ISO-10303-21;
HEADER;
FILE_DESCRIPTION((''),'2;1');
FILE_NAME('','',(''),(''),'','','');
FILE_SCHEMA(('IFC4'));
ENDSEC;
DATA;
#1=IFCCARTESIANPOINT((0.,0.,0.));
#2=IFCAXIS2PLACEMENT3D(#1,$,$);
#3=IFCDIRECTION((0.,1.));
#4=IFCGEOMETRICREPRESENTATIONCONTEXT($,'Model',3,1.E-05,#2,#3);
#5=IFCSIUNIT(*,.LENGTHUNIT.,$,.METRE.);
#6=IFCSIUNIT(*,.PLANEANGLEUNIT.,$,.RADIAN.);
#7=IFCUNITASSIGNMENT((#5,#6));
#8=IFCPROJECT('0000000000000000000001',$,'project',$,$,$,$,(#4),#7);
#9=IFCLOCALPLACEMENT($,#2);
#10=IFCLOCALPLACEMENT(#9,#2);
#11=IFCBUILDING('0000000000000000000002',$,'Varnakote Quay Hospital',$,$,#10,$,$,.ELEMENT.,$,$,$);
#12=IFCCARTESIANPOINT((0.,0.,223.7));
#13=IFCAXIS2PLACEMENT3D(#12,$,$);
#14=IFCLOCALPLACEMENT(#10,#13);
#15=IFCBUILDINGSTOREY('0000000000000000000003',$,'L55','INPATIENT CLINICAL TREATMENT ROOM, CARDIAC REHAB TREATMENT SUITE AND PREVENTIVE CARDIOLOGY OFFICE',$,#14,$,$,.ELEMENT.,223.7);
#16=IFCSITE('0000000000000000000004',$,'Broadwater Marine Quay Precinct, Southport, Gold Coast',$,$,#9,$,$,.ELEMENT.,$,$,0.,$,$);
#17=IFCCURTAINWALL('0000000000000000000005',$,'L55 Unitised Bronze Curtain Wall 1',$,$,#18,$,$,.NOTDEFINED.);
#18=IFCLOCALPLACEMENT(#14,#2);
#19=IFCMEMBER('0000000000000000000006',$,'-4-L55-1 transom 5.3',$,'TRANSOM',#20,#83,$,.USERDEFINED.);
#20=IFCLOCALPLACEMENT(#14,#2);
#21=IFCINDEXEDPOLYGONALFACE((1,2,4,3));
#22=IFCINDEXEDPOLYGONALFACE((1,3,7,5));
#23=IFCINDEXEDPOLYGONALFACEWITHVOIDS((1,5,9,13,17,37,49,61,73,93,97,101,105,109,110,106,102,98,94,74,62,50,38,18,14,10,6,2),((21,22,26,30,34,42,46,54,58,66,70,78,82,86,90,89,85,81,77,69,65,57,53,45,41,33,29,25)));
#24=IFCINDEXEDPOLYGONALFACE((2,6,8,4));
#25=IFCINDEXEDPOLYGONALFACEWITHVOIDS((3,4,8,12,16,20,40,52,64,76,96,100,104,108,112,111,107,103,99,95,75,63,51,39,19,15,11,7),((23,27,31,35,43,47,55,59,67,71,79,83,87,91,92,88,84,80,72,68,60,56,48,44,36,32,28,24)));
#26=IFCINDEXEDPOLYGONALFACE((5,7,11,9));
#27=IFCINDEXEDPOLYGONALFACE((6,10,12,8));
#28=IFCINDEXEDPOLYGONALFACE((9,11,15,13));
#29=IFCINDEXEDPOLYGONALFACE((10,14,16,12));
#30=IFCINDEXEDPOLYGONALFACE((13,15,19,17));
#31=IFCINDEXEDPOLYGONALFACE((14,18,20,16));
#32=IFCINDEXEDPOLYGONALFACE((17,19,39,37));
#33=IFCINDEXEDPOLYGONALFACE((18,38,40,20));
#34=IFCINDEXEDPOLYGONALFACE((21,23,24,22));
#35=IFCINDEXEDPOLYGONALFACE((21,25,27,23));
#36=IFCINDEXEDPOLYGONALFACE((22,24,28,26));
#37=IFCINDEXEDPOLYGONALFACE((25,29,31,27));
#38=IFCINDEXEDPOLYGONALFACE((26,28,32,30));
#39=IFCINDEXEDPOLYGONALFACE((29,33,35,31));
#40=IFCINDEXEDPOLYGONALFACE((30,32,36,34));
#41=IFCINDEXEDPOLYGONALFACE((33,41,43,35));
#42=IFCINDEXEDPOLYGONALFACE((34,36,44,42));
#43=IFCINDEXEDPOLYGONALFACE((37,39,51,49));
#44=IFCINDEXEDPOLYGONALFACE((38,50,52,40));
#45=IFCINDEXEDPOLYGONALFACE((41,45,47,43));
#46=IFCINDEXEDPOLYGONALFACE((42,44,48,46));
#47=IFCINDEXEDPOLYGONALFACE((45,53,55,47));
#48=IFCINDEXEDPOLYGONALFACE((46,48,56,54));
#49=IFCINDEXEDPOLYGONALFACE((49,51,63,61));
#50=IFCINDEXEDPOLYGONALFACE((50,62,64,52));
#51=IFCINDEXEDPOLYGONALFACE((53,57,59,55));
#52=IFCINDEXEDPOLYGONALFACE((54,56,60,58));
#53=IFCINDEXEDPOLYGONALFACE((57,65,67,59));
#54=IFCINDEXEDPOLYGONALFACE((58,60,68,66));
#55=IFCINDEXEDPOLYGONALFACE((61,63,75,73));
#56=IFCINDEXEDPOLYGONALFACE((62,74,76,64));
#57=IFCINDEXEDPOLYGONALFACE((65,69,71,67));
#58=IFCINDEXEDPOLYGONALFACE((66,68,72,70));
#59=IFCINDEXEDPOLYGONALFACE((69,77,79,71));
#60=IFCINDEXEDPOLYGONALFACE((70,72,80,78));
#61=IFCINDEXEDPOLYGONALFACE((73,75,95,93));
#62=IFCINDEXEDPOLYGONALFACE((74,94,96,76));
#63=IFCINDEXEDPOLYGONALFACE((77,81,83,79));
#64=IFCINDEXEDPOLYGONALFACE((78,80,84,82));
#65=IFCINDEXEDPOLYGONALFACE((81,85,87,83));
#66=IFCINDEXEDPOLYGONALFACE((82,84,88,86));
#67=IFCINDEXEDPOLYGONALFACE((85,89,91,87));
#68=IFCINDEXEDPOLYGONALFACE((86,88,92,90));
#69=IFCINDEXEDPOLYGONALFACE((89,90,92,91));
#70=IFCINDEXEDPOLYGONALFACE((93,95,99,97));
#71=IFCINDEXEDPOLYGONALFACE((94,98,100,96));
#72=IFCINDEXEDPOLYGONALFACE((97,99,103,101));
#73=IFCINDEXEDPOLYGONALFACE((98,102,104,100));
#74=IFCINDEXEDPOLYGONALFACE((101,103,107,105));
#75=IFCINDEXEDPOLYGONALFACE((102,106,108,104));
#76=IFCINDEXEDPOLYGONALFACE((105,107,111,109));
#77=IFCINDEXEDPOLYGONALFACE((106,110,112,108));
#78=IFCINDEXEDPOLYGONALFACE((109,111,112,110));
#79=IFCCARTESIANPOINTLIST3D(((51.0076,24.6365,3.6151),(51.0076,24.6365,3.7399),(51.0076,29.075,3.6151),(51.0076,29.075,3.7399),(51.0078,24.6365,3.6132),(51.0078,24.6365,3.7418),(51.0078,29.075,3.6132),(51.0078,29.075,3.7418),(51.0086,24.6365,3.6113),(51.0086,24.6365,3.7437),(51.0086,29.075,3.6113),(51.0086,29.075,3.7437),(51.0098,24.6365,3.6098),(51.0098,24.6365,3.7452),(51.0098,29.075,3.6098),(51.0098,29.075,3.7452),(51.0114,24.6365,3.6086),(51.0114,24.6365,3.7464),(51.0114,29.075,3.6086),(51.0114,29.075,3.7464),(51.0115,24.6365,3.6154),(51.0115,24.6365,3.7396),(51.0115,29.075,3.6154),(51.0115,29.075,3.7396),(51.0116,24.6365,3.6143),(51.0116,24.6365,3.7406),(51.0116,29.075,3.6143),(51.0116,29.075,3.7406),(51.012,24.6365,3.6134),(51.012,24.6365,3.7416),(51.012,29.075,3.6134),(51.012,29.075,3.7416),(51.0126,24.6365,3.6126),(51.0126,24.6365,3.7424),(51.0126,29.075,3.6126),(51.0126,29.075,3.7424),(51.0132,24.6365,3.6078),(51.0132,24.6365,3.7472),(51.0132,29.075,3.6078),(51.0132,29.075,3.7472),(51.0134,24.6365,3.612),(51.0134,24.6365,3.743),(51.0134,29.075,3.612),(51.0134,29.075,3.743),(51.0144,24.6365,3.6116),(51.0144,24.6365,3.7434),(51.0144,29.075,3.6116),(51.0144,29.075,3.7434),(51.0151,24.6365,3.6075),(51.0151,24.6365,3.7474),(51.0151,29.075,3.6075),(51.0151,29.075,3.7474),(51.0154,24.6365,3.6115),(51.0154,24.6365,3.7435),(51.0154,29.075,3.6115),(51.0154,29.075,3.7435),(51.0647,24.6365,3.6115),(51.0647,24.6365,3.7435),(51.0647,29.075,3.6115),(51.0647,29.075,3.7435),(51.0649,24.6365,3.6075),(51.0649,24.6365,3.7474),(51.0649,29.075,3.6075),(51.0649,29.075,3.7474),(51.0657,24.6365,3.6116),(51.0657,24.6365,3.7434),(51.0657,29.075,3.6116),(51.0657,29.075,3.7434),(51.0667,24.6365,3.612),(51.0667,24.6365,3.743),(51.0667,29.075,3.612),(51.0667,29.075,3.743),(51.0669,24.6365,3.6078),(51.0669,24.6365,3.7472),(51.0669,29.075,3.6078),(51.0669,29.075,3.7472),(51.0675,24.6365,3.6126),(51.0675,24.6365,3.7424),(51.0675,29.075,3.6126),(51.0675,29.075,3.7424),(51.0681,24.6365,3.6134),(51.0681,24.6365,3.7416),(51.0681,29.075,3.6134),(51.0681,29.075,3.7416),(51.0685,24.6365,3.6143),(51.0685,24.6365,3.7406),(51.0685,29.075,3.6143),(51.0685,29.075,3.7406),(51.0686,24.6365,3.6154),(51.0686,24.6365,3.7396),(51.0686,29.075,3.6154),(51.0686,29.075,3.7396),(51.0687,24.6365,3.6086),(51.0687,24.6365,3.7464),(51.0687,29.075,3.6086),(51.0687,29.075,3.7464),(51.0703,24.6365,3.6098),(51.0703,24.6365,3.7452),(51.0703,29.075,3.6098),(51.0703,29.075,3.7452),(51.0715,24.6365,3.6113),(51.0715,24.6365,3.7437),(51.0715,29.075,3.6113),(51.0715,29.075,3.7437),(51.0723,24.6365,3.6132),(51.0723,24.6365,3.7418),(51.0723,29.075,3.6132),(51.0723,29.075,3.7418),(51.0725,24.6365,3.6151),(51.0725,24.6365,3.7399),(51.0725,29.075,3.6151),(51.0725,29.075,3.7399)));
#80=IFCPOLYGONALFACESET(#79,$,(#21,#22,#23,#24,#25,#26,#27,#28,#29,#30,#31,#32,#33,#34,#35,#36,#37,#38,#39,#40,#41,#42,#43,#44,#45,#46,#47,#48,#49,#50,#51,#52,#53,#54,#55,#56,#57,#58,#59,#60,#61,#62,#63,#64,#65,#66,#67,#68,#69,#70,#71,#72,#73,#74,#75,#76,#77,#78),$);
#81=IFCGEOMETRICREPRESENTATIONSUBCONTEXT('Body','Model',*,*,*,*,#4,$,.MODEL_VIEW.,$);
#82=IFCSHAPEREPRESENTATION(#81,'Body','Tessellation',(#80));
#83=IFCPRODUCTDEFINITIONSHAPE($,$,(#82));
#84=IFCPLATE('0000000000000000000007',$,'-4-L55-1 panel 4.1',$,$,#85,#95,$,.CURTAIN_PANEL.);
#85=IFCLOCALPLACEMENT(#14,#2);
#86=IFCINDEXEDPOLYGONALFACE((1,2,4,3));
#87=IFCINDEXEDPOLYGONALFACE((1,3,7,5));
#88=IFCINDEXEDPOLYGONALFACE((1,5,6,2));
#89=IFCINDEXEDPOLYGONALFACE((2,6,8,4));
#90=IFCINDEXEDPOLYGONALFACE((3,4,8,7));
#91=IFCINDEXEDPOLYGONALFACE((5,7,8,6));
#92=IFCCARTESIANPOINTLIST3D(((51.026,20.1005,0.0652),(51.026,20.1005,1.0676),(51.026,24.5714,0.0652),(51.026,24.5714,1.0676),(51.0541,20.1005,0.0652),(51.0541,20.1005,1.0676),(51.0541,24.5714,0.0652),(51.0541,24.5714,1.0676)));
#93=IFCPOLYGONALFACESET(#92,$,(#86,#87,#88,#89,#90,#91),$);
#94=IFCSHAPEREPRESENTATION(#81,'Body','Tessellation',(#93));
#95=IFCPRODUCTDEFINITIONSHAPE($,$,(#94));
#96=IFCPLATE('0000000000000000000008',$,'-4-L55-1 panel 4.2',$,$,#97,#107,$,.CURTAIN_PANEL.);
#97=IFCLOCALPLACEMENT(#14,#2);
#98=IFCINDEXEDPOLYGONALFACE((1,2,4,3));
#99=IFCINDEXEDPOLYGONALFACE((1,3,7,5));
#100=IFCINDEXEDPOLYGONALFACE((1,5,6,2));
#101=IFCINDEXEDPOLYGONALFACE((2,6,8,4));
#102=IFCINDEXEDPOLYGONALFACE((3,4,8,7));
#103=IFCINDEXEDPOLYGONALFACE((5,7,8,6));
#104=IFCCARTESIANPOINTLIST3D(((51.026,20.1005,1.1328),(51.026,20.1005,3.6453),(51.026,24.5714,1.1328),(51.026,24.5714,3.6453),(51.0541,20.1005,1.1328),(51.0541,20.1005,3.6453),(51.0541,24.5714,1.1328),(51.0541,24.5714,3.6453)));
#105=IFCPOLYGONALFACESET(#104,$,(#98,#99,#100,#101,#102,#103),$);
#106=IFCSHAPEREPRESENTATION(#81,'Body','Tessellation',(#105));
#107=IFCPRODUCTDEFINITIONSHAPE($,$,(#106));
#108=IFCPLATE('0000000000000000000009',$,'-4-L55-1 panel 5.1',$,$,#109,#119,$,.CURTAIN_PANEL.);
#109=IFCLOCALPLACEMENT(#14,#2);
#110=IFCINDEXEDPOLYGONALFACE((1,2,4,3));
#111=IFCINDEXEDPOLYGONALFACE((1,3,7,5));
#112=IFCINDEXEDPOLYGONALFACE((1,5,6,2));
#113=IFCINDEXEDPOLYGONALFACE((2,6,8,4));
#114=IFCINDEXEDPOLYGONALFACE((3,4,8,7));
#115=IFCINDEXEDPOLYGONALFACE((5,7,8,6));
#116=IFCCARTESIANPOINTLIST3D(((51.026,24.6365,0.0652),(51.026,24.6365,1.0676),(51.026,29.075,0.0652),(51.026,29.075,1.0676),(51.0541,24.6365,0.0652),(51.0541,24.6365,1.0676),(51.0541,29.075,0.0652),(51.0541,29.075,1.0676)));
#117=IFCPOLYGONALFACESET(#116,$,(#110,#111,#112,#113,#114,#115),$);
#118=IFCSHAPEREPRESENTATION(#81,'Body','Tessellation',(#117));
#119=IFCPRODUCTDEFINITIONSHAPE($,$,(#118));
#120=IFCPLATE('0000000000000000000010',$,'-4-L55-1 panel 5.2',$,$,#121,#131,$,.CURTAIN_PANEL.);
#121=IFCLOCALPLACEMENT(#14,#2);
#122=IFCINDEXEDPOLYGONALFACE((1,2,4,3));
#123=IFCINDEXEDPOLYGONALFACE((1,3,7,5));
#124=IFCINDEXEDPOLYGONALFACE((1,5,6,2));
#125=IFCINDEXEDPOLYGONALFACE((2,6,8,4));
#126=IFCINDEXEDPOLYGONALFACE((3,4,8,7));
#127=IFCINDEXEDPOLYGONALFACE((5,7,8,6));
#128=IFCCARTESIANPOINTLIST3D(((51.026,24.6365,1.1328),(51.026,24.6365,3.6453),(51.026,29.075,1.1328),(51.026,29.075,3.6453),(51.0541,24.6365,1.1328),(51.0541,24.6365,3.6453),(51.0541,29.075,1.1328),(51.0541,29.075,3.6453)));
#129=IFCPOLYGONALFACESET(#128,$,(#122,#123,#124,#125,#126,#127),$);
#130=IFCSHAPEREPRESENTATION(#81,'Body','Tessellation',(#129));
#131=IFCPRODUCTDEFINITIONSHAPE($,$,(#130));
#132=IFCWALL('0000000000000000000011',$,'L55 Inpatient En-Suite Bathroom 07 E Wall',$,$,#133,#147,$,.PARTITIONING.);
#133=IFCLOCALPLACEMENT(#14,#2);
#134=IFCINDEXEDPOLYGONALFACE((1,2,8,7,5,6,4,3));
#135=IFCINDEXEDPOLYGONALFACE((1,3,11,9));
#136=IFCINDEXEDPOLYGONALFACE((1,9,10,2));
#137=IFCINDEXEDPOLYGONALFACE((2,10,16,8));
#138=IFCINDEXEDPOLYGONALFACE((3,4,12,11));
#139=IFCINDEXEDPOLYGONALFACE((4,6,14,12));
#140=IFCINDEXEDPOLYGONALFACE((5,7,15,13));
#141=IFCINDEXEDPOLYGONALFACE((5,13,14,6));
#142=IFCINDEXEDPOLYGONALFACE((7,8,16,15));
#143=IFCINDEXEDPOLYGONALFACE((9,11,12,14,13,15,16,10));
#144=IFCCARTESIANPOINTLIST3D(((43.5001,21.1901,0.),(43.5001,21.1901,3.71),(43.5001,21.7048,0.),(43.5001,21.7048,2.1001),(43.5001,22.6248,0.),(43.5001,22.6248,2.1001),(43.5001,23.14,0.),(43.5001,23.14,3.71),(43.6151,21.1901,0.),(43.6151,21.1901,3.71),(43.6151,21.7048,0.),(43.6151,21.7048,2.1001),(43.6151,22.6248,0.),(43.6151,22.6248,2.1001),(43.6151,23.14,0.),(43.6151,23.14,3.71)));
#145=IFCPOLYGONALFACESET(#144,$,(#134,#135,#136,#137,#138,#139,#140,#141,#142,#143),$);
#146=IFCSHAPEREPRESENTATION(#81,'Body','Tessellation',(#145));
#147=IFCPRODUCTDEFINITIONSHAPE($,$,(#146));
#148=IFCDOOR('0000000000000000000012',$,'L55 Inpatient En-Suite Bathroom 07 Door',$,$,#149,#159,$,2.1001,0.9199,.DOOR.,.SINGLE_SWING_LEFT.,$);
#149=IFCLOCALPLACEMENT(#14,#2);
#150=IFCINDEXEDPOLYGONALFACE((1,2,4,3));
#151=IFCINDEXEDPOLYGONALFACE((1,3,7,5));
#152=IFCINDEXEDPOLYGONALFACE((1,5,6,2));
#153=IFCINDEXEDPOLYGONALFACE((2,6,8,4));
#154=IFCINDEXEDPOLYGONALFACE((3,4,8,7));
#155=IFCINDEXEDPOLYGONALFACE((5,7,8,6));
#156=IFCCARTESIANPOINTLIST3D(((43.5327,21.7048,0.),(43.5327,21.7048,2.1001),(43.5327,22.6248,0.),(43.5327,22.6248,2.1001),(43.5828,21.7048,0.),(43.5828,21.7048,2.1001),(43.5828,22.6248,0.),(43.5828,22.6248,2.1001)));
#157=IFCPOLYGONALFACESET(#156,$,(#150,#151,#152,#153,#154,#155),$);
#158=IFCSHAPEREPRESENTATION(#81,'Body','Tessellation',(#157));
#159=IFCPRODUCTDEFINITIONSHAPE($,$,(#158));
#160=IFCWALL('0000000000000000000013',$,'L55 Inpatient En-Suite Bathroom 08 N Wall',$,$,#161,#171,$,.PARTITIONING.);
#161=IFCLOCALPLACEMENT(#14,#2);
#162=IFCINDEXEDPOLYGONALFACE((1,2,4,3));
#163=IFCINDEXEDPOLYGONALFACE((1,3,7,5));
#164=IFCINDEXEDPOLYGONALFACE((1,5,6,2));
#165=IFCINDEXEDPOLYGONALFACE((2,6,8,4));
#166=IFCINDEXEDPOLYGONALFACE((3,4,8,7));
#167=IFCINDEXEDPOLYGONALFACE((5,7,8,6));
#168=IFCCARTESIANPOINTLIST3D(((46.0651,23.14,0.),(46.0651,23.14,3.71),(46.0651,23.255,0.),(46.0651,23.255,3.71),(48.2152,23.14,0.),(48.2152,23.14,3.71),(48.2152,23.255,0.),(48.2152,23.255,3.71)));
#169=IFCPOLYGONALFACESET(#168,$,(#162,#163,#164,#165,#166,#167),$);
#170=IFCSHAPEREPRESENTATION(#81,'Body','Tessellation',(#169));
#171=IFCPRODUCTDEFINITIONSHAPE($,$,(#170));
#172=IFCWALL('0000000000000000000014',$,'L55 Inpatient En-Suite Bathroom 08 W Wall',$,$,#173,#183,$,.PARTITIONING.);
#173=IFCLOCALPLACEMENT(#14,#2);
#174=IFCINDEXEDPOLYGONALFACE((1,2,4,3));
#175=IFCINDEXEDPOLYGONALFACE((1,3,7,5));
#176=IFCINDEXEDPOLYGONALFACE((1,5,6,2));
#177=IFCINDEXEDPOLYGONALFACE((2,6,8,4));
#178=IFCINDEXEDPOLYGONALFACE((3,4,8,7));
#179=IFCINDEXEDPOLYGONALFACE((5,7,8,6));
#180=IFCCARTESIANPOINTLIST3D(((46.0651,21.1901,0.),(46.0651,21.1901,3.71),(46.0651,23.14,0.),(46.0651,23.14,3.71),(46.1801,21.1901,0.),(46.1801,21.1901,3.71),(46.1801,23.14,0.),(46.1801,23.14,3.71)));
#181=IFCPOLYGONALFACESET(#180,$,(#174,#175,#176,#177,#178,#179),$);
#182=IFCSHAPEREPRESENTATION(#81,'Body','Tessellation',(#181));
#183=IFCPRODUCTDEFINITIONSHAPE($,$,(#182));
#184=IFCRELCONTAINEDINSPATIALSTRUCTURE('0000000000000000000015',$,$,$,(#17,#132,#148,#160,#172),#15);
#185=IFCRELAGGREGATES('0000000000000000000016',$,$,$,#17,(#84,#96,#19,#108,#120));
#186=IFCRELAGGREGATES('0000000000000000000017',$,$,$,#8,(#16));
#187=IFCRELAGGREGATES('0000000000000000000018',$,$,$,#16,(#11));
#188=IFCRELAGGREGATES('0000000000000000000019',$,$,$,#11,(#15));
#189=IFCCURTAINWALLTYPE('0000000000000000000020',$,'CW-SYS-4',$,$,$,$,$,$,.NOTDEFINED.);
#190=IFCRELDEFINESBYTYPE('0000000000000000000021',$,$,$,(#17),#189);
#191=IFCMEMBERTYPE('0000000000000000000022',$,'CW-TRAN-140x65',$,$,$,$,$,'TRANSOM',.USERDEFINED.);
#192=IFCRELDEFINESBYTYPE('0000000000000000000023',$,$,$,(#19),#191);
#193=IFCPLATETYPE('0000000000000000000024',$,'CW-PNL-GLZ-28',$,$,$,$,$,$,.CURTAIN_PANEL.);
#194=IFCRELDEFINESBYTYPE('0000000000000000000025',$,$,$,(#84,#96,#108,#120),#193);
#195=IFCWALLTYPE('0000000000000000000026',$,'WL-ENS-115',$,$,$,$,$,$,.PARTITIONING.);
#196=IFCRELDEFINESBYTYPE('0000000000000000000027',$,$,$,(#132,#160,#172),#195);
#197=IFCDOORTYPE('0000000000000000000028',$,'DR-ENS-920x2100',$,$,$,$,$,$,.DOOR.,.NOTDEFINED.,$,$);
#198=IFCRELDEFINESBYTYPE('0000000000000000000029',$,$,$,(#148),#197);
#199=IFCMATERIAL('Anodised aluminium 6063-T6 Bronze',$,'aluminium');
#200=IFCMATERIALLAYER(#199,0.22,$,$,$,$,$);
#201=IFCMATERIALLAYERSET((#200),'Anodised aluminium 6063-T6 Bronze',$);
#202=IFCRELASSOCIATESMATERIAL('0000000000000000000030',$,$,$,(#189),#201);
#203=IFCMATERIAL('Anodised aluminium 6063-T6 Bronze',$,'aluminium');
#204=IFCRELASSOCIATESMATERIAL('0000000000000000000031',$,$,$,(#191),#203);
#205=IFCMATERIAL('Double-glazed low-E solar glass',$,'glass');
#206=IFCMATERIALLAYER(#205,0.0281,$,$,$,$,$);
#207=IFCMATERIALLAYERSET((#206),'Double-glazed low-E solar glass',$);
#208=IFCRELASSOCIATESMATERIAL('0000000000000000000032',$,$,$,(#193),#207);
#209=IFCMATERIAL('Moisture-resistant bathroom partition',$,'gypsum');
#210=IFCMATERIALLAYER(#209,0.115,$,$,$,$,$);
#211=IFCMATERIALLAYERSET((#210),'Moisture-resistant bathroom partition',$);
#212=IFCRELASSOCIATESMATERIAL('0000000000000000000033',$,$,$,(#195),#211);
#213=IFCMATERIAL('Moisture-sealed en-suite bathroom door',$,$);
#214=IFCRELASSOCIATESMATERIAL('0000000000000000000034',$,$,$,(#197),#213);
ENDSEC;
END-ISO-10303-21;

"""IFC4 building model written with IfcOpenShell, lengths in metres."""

from ifc_helpers import new_model, si_unit, direction, frame, frame_2d, origin, origin_2d, place, context, subcontext, project, spatial, rectangle, hollow_rectangle, extrude, material, layer, layer_set, material_profile, profile_set, type_object, element, fill, aggregate, save


model = new_model("IFC4")

# Units and contexts
model_context = context("Model", 3, precision=1e-05, world=origin(), true_north=direction((0.0, 1.0)))
body_context = subcontext(model_context, "Body", "Model", "MODEL_VIEW")
ifc_project = project(units=[si_unit("LENGTHUNIT", "METRE"), si_unit("PLANEANGLEUNIT", "RADIAN")], contexts=[model_context])

# Site, building, storey
site_placement = place(None, origin())
site = spatial("IfcSite", under=ifc_project, at=site_placement, Name="Broadwater Marine Quay Precinct, Southport, Gold Coast", CompositionType="ELEMENT", RefElevation=0.0)
building_placement = place(site_placement, origin())
building = spatial("IfcBuilding", under=site, at=building_placement, Name="Varnakote Quay Hospital", CompositionType="ELEMENT")
storey_placement = place(building_placement, frame((0.0, 0.0, 223.7)))
storey = spatial("IfcBuildingStorey", under=building, at=storey_placement, Name="L55", Description="INPATIENT CLINICAL TREATMENT ROOM, CARDIAC REHAB TREATMENT SUITE AND PREVENTIVE CARDIOLOGY OFFICE", CompositionType="ELEMENT", Elevation=223.7)

# Curtain wall, member, plates
ifc_material_1 = material(Name="Anodised aluminium 6063-T6 Bronze", Category="aluminium")
ifc_layer_1 = layer(ifc_material_1, 0.22)
ifc_layer_set_1 = layer_set([ifc_layer_1], Name="Anodised aluminium 6063-T6 Bronze")
curtain_wall_type = type_object("IfcCurtainWallType", Name="CW-SYS-4", PredefinedType="NOTDEFINED", material=ifc_layer_set_1)
curtain_wall_placement = place(storey_placement, origin())
curtain_wall = element("IfcCurtainWall", 1, at=curtain_wall_placement, inside=storey, type_object=curtain_wall_type, Name="L55 Unitised Bronze Curtain Wall 1", PredefinedType="NOTDEFINED")
ifc_material_2 = material(Name="Anodised aluminium 6063-T6 Bronze", Category="aluminium")
ifc_material_profile_1 = material_profile(ifc_material_2, hollow_rectangle(XDim=0.0649, YDim=0.1399, WallThickness=0.0039, InnerFilletRadius=0.0039, OuterFilletRadius=0.0076, at=origin_2d()), Name="CW-TRAN-140x65")
ifc_profile_set_1 = profile_set([ifc_material_profile_1], Name="Anodised aluminium 6063-T6 Bronze")
member_type_1 = type_object("IfcMemberType", Name="CW-TRAN-140x65", ElementType="TRANSOM", PredefinedType="USERDEFINED", material=ifc_profile_set_1)
member_1_placement = place(storey_placement, frame((51.04, 24.6365, 3.6775), z_axis=(0.0, 1.0, 0.0), x_axis=(-1.0, 0.0, 0.0)))
member_1 = element("IfcMember", 2, at=member_1_placement, type_object=member_type_1, Name="-4-L55-1 transom 5.3", ObjectType="TRANSOM", PredefinedType="USERDEFINED", context=body_context, shape_type="SweptSolid", body=[
    extrude(hollow_rectangle(XDim=0.0649, YDim=0.1399, WallThickness=0.0039, InnerFilletRadius=0.0039, OuterFilletRadius=0.0076, at=origin_2d()), origin(), (0.0, 0.0, 1.0), 4.4385),
])
ifc_material_3 = material(Name="Double-glazed low-E solar glass", Category="glass")
ifc_layer_2 = layer(ifc_material_3, 0.0281)
ifc_layer_set_2 = layer_set([ifc_layer_2], Name="Double-glazed low-E solar glass")
plate_type = type_object("IfcPlateType", Name="CW-PNL-GLZ-28", PredefinedType="CURTAIN_PANEL", material=ifc_layer_set_2)
plate_1_placement = place(storey_placement, frame((51.04, 22.3359, 0.0652), z_axis=(0.0, 0.0, 1.0), x_axis=(0.0, 1.0, 0.0)))
plate_1 = element("IfcPlate", 3, at=plate_1_placement, type_object=plate_type, Name="-4-L55-1 panel 4.1", PredefinedType="CURTAIN_PANEL", context=body_context, shape_type="SweptSolid", body=[
    extrude(rectangle(XDim=4.4709, YDim=0.0281, at=origin_2d()), origin(), (0.0, 0.0, 1.0), 1.0024),
])
plate_2_placement = place(storey_placement, frame((51.04, 22.3359, 1.1328), z_axis=(0.0, 0.0, 1.0), x_axis=(0.0, 1.0, 0.0)))
plate_2 = element("IfcPlate", 4, at=plate_2_placement, type_object=plate_type, Name="-4-L55-1 panel 4.2", PredefinedType="CURTAIN_PANEL", context=body_context, shape_type="SweptSolid", body=[
    extrude(rectangle(XDim=4.4709, YDim=0.0281, at=origin_2d()), origin(), (0.0, 0.0, 1.0), 2.5125),
])
plate_3_placement = place(storey_placement, frame((51.04, 26.8557, 0.0652), z_axis=(0.0, 0.0, 1.0), x_axis=(0.0, 1.0, 0.0)))
plate_3 = element("IfcPlate", 5, at=plate_3_placement, type_object=plate_type, Name="-4-L55-1 panel 5.1", PredefinedType="CURTAIN_PANEL", context=body_context, shape_type="SweptSolid", body=[
    extrude(rectangle(XDim=4.4385, YDim=0.0281, at=origin_2d()), origin(), (0.0, 0.0, 1.0), 1.0024),
])
plate_4_placement = place(storey_placement, frame((51.04, 26.8557, 1.1328), z_axis=(0.0, 0.0, 1.0), x_axis=(0.0, 1.0, 0.0)))
plate_4 = element("IfcPlate", 6, at=plate_4_placement, type_object=plate_type, Name="-4-L55-1 panel 5.2", PredefinedType="CURTAIN_PANEL", context=body_context, shape_type="SweptSolid", body=[
    extrude(rectangle(XDim=4.4385, YDim=0.0281, at=origin_2d()), origin(), (0.0, 0.0, 1.0), 2.5125),
])
aggregate(curtain_wall, [plate_1, plate_2, member_1, plate_3, plate_4])

# Wall, opening, door
ifc_material_4 = material(Name="Moisture-resistant bathroom partition", Category="gypsum")
ifc_layer_3 = layer(ifc_material_4, 0.115)
ifc_layer_set_3 = layer_set([ifc_layer_3], Name="Moisture-resistant bathroom partition")
wall_type_1 = type_object("IfcWallType", Name="WL-ENS-115", PredefinedType="PARTITIONING", material=ifc_layer_set_3)
wall_1_placement = place(storey_placement, frame((43.5576, 21.1899, 0.0), z_axis=(0.0, 0.0, 1.0), x_axis=(0.0, 1.0, 0.0)))
wall_1 = element("IfcWall", 7, at=wall_1_placement, inside=storey, type_object=wall_type_1, Name="L55 Inpatient En-Suite Bathroom 07 E Wall", PredefinedType="PARTITIONING", context=body_context, shape_type="SweptSolid", body=[
    extrude(rectangle(XDim=1.95, YDim=0.115, at=frame_2d((0.9751, 0.0))), origin(), (0.0, 0.0, 1.0), 3.71),
])
opening_1_placement = place(wall_1_placement, frame((0.5149, 0.0, 0.0)))
opening_1 = element("IfcOpeningElement", 8, at=opening_1_placement, cuts=wall_1, PredefinedType="OPENING", context=body_context, shape_type="SweptSolid", body=[
    extrude(rectangle(XDim=0.9199, YDim=2.1001, at=frame_2d((0.46, 1.05))), frame((0.0, 0.0674, 0.0), z_axis=(0.0, -1.0, 0.0), x_axis=(1.0, 0.0, 0.0)), (0.0, 0.0, 1.0), 0.135),
])
ifc_material_5 = material(Name="Moisture-sealed en-suite bathroom door")
door_type_1 = type_object("IfcDoorType", Name="DR-ENS-920x2100", OperationType="NOTDEFINED", PredefinedType="DOOR", material=ifc_material_5)
door_1_placement = place(opening_1_placement, origin())
door_1 = element("IfcDoor", 9, at=door_1_placement, inside=storey, type_object=door_type_1, Name="L55 Inpatient En-Suite Bathroom 07 Door", OperationType="SINGLE_SWING_LEFT", OverallHeight=2.1001, OverallWidth=0.9199, PredefinedType="DOOR", context=body_context, shape_type="SweptSolid", body=[
    extrude(rectangle(XDim=0.9199, YDim=2.1001, at=frame_2d((0.46, 1.05))), frame((0.0, 0.0249, 0.0), z_axis=(0.0, -1.0, 0.0), x_axis=(1.0, 0.0, 0.0)), (0.0, 0.0, 1.0), 0.05),
])
fill(opening_1, door_1)

# Walls
wall_2_placement = place(storey_placement, frame((46.0649, 23.1975, 0.0), z_axis=(0.0, 0.0, 1.0), x_axis=(1.0, 0.0, 0.0)))
element("IfcWall", 10, at=wall_2_placement, inside=storey, type_object=wall_type_1, Name="L55 Inpatient En-Suite Bathroom 08 N Wall", PredefinedType="PARTITIONING", context=body_context, shape_type="SweptSolid", body=[
    extrude(rectangle(XDim=2.1501, YDim=0.115, at=frame_2d((1.0752, 0.0))), origin(), (0.0, 0.0, 1.0), 3.71),
])
wall_3_placement = place(storey_placement, frame((46.1226, 21.1899, 0.0), z_axis=(0.0, 0.0, 1.0), x_axis=(0.0, 1.0, 0.0)))
element("IfcWall", 11, at=wall_3_placement, inside=storey, type_object=wall_type_1, Name="L55 Inpatient En-Suite Bathroom 08 W Wall", PredefinedType="PARTITIONING", context=body_context, shape_type="SweptSolid", body=[
    extrude(rectangle(XDim=1.95, YDim=0.115, at=frame_2d((0.9751, 0.0))), origin(), (0.0, 0.0, 1.0), 3.71),
])

save(model, "model.ifc")
